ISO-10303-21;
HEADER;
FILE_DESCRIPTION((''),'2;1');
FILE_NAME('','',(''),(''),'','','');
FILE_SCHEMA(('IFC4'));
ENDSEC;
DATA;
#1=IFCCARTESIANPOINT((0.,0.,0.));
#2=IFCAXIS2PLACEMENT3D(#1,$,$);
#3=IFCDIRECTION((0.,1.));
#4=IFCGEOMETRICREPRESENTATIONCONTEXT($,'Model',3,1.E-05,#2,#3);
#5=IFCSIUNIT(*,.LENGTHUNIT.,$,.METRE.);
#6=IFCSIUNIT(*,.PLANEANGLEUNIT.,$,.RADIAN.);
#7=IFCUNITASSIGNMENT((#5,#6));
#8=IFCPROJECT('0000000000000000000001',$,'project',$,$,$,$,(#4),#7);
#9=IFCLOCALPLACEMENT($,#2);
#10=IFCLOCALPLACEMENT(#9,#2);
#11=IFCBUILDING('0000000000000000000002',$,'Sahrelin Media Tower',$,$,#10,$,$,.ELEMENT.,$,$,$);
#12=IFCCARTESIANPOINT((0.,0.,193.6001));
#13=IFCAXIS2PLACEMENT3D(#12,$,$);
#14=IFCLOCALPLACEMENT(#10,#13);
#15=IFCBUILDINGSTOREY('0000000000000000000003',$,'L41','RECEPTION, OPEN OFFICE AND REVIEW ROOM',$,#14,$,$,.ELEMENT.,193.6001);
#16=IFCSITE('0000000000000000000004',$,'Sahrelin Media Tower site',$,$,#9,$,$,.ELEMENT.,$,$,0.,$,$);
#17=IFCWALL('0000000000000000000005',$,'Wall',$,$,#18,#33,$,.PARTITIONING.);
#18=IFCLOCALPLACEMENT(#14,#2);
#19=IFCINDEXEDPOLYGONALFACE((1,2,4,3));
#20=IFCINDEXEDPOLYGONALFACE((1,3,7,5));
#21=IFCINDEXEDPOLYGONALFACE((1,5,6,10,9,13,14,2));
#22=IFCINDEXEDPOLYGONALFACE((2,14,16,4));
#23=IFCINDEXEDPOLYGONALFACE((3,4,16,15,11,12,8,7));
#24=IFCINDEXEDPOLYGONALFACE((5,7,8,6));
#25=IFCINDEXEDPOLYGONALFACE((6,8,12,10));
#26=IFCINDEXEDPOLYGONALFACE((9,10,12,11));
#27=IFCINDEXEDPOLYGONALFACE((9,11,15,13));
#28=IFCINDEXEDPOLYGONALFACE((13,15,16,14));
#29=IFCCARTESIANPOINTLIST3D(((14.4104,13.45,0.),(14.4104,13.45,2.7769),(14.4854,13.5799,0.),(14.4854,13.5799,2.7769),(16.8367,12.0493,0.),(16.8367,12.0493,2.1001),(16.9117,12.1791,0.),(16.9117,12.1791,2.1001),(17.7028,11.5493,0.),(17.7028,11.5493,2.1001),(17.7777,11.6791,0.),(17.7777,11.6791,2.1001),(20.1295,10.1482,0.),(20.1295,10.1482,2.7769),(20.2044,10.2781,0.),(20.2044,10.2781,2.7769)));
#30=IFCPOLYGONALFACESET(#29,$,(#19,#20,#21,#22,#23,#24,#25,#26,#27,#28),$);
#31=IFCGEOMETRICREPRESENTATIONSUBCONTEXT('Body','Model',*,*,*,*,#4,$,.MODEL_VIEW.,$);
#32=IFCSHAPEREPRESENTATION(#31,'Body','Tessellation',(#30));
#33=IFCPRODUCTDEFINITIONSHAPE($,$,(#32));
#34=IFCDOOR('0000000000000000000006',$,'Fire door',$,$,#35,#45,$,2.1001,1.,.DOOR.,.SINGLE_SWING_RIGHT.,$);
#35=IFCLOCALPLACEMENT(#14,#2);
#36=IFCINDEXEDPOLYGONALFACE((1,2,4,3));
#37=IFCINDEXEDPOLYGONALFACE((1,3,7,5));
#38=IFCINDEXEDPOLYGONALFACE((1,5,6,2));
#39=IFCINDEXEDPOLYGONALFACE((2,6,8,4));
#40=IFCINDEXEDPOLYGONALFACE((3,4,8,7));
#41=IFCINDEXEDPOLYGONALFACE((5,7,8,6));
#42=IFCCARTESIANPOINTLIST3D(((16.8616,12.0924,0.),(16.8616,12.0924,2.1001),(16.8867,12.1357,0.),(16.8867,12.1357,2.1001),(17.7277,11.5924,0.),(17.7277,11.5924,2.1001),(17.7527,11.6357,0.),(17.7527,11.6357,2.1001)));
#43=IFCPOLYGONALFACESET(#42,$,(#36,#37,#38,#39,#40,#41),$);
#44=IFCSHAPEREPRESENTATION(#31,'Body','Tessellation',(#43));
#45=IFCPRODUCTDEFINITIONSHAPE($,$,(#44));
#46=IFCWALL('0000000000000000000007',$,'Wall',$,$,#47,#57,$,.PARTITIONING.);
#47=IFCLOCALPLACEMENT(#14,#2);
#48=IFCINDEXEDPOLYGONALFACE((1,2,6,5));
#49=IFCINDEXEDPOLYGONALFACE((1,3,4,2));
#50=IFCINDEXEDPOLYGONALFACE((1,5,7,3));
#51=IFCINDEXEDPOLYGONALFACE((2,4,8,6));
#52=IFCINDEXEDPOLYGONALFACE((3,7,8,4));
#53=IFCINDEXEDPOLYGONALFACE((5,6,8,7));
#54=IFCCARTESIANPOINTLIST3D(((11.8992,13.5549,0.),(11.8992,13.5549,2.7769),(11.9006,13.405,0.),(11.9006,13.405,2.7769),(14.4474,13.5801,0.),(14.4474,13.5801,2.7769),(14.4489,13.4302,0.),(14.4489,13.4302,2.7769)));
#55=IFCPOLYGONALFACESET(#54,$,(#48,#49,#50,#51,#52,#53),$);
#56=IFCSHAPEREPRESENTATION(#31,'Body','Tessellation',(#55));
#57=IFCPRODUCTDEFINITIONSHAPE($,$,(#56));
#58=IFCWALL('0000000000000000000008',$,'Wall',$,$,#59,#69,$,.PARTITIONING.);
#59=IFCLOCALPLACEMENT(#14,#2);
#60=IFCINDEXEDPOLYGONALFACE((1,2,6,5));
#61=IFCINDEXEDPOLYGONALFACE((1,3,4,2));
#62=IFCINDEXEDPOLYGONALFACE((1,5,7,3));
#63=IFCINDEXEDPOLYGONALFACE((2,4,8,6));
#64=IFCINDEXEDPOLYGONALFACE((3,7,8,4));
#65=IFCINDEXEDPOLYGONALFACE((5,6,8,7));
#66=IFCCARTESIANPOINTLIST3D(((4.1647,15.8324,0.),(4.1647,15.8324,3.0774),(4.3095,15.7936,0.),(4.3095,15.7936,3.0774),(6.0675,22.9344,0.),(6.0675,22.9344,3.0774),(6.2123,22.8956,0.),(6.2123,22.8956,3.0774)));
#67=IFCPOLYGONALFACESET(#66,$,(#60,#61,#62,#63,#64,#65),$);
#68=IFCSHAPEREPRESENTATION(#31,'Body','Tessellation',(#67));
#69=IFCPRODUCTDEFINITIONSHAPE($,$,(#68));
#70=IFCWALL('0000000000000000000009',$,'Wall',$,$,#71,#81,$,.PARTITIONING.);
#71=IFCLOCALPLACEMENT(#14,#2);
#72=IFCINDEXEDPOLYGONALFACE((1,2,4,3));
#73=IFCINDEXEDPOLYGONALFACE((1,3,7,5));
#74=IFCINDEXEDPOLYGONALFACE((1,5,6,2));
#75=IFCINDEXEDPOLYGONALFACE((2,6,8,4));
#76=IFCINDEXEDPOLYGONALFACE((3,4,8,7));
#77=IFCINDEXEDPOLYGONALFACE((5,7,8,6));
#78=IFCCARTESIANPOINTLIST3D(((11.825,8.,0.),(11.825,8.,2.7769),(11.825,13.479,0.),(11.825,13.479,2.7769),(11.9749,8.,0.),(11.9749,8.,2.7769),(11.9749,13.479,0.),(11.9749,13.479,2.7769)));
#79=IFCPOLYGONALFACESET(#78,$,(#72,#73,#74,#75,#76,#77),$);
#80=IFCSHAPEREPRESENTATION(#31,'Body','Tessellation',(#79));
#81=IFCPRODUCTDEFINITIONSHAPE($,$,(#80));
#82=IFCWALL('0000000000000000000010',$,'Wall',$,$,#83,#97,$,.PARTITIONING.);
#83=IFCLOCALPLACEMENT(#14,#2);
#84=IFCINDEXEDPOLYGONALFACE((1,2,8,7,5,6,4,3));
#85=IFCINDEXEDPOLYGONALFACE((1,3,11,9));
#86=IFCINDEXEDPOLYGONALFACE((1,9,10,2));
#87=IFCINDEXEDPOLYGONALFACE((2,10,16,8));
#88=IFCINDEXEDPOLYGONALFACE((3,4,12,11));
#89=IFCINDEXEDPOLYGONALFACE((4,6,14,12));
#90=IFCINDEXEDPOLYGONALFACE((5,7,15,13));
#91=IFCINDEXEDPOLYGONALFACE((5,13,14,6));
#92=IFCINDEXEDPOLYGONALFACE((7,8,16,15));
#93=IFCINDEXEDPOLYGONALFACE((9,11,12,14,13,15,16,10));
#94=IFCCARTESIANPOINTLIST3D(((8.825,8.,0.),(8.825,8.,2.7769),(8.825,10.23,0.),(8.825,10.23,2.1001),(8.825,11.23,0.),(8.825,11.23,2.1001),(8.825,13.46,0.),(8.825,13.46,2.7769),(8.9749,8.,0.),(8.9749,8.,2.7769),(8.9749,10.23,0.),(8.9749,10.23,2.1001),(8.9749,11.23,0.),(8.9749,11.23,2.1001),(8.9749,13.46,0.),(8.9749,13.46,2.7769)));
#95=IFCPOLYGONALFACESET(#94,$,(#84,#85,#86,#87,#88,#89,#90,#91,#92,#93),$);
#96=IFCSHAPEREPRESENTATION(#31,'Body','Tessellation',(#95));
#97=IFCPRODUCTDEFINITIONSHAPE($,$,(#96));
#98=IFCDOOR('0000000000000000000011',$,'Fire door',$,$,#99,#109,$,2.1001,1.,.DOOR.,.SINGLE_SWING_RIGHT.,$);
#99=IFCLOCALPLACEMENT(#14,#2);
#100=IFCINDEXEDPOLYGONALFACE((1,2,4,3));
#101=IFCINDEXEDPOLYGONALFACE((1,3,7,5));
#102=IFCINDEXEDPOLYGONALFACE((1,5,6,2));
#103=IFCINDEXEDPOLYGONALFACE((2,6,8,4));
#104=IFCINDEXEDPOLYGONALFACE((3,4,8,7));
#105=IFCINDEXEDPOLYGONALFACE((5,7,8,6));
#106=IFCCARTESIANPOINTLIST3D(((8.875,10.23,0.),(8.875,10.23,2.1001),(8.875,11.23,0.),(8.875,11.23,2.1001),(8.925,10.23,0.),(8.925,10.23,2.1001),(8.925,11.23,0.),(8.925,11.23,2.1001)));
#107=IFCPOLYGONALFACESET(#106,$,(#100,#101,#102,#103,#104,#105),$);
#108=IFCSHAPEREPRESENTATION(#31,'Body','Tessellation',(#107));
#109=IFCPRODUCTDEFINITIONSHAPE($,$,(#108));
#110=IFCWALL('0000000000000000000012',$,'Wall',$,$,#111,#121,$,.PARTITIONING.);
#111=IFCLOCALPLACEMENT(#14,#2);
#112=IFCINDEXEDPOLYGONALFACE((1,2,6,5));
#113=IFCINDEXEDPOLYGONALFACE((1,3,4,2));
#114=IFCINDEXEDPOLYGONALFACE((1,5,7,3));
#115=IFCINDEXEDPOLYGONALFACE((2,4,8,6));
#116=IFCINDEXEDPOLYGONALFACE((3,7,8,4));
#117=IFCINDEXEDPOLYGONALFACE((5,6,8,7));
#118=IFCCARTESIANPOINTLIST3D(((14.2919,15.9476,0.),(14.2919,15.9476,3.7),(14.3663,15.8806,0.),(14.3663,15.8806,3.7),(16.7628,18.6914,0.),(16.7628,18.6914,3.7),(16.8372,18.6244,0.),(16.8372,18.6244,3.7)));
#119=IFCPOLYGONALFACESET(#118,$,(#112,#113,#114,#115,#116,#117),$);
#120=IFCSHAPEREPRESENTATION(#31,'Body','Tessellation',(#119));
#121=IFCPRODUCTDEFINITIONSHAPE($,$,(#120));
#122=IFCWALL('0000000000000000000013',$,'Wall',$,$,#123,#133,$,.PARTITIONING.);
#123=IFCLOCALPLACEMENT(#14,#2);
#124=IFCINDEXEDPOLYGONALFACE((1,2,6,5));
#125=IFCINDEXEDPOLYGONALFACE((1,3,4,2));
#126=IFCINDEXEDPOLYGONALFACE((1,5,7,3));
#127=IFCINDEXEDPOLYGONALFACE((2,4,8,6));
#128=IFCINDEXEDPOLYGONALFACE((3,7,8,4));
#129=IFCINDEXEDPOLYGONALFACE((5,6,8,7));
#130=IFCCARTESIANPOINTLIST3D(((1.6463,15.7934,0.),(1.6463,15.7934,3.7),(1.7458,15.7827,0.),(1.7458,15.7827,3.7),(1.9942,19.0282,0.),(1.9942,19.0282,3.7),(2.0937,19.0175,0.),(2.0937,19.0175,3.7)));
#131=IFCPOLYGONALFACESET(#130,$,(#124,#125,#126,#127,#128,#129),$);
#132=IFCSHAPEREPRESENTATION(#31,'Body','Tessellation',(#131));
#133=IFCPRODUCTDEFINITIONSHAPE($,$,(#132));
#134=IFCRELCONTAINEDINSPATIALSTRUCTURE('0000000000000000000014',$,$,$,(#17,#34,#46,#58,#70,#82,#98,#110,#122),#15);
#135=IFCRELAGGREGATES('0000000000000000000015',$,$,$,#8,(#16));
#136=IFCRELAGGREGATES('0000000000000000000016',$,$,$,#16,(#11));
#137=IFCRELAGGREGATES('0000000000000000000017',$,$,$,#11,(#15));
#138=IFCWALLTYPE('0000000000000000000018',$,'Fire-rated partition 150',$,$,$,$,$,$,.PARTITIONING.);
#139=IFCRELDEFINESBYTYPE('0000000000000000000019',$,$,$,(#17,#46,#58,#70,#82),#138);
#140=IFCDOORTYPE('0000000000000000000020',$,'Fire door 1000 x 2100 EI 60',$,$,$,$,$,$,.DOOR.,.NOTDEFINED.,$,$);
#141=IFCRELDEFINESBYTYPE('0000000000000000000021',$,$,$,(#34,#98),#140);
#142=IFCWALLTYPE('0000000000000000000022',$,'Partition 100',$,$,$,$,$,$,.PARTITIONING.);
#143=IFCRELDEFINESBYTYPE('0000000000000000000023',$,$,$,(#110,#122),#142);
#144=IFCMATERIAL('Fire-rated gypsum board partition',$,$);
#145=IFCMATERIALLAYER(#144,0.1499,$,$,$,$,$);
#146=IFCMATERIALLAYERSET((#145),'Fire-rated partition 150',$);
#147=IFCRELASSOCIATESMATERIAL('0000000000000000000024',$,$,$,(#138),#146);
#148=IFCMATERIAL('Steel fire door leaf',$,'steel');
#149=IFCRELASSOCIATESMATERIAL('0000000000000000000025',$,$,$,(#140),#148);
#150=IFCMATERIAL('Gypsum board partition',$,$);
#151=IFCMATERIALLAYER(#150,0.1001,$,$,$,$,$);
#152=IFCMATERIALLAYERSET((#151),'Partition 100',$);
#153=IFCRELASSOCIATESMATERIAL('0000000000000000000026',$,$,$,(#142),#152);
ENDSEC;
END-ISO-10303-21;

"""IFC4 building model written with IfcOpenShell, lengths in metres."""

from ifc_helpers import new_model, si_unit, direction, frame, frame_2d, origin, place, context, subcontext, project, spatial, rectangle, extrude, material, layer, layer_set, type_object, element, fill, save


model = new_model("IFC4")

# Units and contexts
model_context = context("Model", 3, precision=1e-05, world=origin(), true_north=direction((0.0, 1.0)))
body_context = subcontext(model_context, "Body", "Model", "MODEL_VIEW")
ifc_project = project(units=[si_unit("LENGTHUNIT", "METRE"), si_unit("PLANEANGLEUNIT", "RADIAN")], contexts=[model_context])

# Site, building, storey
site_placement = place(None, origin())
site = spatial("IfcSite", under=ifc_project, at=site_placement, Name="Sahrelin Media Tower site", CompositionType="ELEMENT", RefElevation=0.0)
building_placement = place(site_placement, origin())
building = spatial("IfcBuilding", under=site, at=building_placement, Name="Sahrelin Media Tower", CompositionType="ELEMENT")
storey_placement = place(building_placement, frame((0.0, 0.0, 193.6001)))
storey = spatial("IfcBuildingStorey", under=building, at=storey_placement, Name="L41", Description="RECEPTION, OPEN OFFICE AND REVIEW ROOM", CompositionType="ELEMENT", Elevation=193.6001)

# Wall, opening, door
ifc_material_1 = material(Name="Fire-rated gypsum board partition")
ifc_layer_1 = layer(ifc_material_1, 0.1499)
ifc_layer_set_1 = layer_set([ifc_layer_1], Name="Fire-rated partition 150")
wall_type_1 = type_object("IfcWallType", Name="Fire-rated partition 150", PredefinedType="PARTITIONING", material=ifc_layer_set_1)
wall_1_placement = place(storey_placement, frame((14.448, 13.5149, 0.0), z_axis=(0.0, 0.0, 1.0), x_axis=(0.866032, -0.499988, 0.0)))
wall_1 = element("IfcWall", 1, at=wall_1_placement, inside=storey, type_object=wall_type_1, Name="Wall", PredefinedType="PARTITIONING", context=body_context, shape_type="SweptSolid", body=[
    extrude(rectangle(XDim=6.6038, YDim=0.1499, at=frame_2d((3.3018, 0.0))), origin(), (0.0, 0.0, 1.0), 2.7769),
])
opening_1_placement = place(wall_1_placement, frame((2.8015, 0.0, 0.0)))
opening_1 = element("IfcOpeningElement", 2, at=opening_1_placement, cuts=wall_1, PredefinedType="OPENING", context=body_context, shape_type="SweptSolid", body=[
    extrude(rectangle(XDim=1.0, YDim=2.1001, at=frame_2d((0.5, 1.05))), frame((0.0, 0.075, 0.0), z_axis=(0.0, -1.0, 0.0), x_axis=(1.0, 0.0, 0.0)), (0.0, 0.0, 1.0), 0.1499),
])
ifc_material_2 = material(Name="Steel fire door leaf", Category="steel")
door_type = type_object("IfcDoorType", Name="Fire door 1000 x 2100 EI 60", OperationType="NOTDEFINED", PredefinedType="DOOR", material=ifc_material_2)
door_1_placement = place(opening_1_placement, origin())
door_1 = element("IfcDoor", 3, at=door_1_placement, inside=storey, type_object=door_type, Name="Fire door", OperationType="SINGLE_SWING_RIGHT", OverallHeight=2.1001, OverallWidth=1.0, PredefinedType="DOOR", context=body_context, shape_type="SweptSolid", body=[
    extrude(rectangle(XDim=1.0, YDim=2.1001, at=frame_2d((0.5, 1.05))), frame((0.0, 0.0249, 0.0), z_axis=(0.0, -1.0, 0.0), x_axis=(1.0, 0.0, 0.0)), (0.0, 0.0, 1.0), 0.05),
])
fill(opening_1, door_1)

# Walls
wall_2_placement = place(storey_placement, frame((11.8999, 13.48, 0.0), z_axis=(0.0, 0.0, 1.0), x_axis=(0.999951, 0.009868, 0.0)))
element("IfcWall", 4, at=wall_2_placement, inside=storey, type_object=wall_type_1, Name="Wall", PredefinedType="PARTITIONING", context=body_context, shape_type="SweptSolid", body=[
    extrude(rectangle(XDim=2.5483, YDim=0.1499, at=frame_2d((1.2742, 0.0))), origin(), (0.0, 0.0, 1.0), 2.7769),
])
wall_3_placement = place(storey_placement, frame((4.2371, 15.813, 0.0), z_axis=(0.0, 0.0, 1.0), x_axis=(0.258799, 0.965931, 0.0)))
element("IfcWall", 5, at=wall_3_placement, inside=storey, type_object=wall_type_1, Name="Wall", PredefinedType="PARTITIONING", context=body_context, shape_type="SweptSolid", body=[
    extrude(rectangle(XDim=7.3525, YDim=0.1499, at=frame_2d((3.6763, 0.0))), origin(), (0.0, 0.0, 1.0), 3.0774),
])
wall_4_placement = place(storey_placement, frame((11.8999, 8.0, 0.0), z_axis=(0.0, 0.0, 1.0), x_axis=(0.0, 1.0, 0.0)))
element("IfcWall", 6, at=wall_4_placement, inside=storey, type_object=wall_type_1, Name="Wall", PredefinedType="PARTITIONING", context=body_context, shape_type="SweptSolid", body=[
    extrude(rectangle(XDim=5.479, YDim=0.1499, at=frame_2d((2.7395, 0.0))), origin(), (0.0, 0.0, 1.0), 2.7769),
])

# Wall, opening, door
wall_5_placement = place(storey_placement, frame((8.8999, 8.0, 0.0), z_axis=(0.0, 0.0, 1.0), x_axis=(0.0, 1.0, 0.0)))
wall_5 = element("IfcWall", 7, at=wall_5_placement, inside=storey, type_object=wall_type_1, Name="Wall", PredefinedType="PARTITIONING", context=body_context, shape_type="SweptSolid", body=[
    extrude(rectangle(XDim=5.46, YDim=0.1499, at=frame_2d((2.73, 0.0))), origin(), (0.0, 0.0, 1.0), 2.7769),
])
opening_2_placement = place(wall_5_placement, frame((2.23, 0.0, 0.0)))
opening_2 = element("IfcOpeningElement", 8, at=opening_2_placement, cuts=wall_5, PredefinedType="OPENING", context=body_context, shape_type="SweptSolid", body=[
    extrude(rectangle(XDim=1.0, YDim=2.1001, at=frame_2d((0.5, 1.05))), frame((0.0, 0.075, 0.0), z_axis=(0.0, -1.0, 0.0), x_axis=(1.0, 0.0, 0.0)), (0.0, 0.0, 1.0), 0.1499),
])
door_2_placement = place(opening_2_placement, origin())
door_2 = element("IfcDoor", 9, at=door_2_placement, inside=storey, type_object=door_type, Name="Fire door", OperationType="SINGLE_SWING_RIGHT", OverallHeight=2.1001, OverallWidth=1.0, PredefinedType="DOOR", context=body_context, shape_type="SweptSolid", body=[
    extrude(rectangle(XDim=1.0, YDim=2.1001, at=frame_2d((0.5, 1.05))), frame((0.0, 0.0249, 0.0), z_axis=(0.0, -1.0, 0.0), x_axis=(1.0, 0.0, 0.0)), (0.0, 0.0, 1.0), 0.05),
])
fill(opening_2, door_2)

# Walls
ifc_material_3 = material(Name="Gypsum board partition")
ifc_layer_2 = layer(ifc_material_3, 0.1001)
ifc_layer_set_2 = layer_set([ifc_layer_2], Name="Partition 100")
wall_type_2 = type_object("IfcWallType", Name="Partition 100", PredefinedType="PARTITIONING", material=ifc_layer_set_2)
wall_6_placement = place(storey_placement, frame((14.3291, 15.9141, 0.0), z_axis=(0.0, 0.0, 1.0), x_axis=(0.66918, 0.7431, 0.0)))
element("IfcWall", 10, at=wall_6_placement, inside=storey, type_object=wall_type_2, Name="Wall", PredefinedType="PARTITIONING", context=body_context, shape_type="SweptSolid", body=[
    extrude(rectangle(XDim=3.6924, YDim=0.1001, at=frame_2d((1.8462, 0.0))), origin(), (0.0, 0.0, 1.0), 3.7),
])
wall_7_placement = place(storey_placement, frame((1.696, 15.7881, 0.0), z_axis=(0.0, 0.0, 1.0), x_axis=(0.106931, 0.994266, 0.0)))
element("IfcWall", 11, at=wall_7_placement, inside=storey, type_object=wall_type_2, Name="Wall", PredefinedType="PARTITIONING", context=body_context, shape_type="SweptSolid", body=[
    extrude(rectangle(XDim=3.2534, YDim=0.1001, at=frame_2d((1.6267, 0.0))), origin(), (0.0, 0.0, 1.0), 3.7),
])

save(model, "model.ifc")
